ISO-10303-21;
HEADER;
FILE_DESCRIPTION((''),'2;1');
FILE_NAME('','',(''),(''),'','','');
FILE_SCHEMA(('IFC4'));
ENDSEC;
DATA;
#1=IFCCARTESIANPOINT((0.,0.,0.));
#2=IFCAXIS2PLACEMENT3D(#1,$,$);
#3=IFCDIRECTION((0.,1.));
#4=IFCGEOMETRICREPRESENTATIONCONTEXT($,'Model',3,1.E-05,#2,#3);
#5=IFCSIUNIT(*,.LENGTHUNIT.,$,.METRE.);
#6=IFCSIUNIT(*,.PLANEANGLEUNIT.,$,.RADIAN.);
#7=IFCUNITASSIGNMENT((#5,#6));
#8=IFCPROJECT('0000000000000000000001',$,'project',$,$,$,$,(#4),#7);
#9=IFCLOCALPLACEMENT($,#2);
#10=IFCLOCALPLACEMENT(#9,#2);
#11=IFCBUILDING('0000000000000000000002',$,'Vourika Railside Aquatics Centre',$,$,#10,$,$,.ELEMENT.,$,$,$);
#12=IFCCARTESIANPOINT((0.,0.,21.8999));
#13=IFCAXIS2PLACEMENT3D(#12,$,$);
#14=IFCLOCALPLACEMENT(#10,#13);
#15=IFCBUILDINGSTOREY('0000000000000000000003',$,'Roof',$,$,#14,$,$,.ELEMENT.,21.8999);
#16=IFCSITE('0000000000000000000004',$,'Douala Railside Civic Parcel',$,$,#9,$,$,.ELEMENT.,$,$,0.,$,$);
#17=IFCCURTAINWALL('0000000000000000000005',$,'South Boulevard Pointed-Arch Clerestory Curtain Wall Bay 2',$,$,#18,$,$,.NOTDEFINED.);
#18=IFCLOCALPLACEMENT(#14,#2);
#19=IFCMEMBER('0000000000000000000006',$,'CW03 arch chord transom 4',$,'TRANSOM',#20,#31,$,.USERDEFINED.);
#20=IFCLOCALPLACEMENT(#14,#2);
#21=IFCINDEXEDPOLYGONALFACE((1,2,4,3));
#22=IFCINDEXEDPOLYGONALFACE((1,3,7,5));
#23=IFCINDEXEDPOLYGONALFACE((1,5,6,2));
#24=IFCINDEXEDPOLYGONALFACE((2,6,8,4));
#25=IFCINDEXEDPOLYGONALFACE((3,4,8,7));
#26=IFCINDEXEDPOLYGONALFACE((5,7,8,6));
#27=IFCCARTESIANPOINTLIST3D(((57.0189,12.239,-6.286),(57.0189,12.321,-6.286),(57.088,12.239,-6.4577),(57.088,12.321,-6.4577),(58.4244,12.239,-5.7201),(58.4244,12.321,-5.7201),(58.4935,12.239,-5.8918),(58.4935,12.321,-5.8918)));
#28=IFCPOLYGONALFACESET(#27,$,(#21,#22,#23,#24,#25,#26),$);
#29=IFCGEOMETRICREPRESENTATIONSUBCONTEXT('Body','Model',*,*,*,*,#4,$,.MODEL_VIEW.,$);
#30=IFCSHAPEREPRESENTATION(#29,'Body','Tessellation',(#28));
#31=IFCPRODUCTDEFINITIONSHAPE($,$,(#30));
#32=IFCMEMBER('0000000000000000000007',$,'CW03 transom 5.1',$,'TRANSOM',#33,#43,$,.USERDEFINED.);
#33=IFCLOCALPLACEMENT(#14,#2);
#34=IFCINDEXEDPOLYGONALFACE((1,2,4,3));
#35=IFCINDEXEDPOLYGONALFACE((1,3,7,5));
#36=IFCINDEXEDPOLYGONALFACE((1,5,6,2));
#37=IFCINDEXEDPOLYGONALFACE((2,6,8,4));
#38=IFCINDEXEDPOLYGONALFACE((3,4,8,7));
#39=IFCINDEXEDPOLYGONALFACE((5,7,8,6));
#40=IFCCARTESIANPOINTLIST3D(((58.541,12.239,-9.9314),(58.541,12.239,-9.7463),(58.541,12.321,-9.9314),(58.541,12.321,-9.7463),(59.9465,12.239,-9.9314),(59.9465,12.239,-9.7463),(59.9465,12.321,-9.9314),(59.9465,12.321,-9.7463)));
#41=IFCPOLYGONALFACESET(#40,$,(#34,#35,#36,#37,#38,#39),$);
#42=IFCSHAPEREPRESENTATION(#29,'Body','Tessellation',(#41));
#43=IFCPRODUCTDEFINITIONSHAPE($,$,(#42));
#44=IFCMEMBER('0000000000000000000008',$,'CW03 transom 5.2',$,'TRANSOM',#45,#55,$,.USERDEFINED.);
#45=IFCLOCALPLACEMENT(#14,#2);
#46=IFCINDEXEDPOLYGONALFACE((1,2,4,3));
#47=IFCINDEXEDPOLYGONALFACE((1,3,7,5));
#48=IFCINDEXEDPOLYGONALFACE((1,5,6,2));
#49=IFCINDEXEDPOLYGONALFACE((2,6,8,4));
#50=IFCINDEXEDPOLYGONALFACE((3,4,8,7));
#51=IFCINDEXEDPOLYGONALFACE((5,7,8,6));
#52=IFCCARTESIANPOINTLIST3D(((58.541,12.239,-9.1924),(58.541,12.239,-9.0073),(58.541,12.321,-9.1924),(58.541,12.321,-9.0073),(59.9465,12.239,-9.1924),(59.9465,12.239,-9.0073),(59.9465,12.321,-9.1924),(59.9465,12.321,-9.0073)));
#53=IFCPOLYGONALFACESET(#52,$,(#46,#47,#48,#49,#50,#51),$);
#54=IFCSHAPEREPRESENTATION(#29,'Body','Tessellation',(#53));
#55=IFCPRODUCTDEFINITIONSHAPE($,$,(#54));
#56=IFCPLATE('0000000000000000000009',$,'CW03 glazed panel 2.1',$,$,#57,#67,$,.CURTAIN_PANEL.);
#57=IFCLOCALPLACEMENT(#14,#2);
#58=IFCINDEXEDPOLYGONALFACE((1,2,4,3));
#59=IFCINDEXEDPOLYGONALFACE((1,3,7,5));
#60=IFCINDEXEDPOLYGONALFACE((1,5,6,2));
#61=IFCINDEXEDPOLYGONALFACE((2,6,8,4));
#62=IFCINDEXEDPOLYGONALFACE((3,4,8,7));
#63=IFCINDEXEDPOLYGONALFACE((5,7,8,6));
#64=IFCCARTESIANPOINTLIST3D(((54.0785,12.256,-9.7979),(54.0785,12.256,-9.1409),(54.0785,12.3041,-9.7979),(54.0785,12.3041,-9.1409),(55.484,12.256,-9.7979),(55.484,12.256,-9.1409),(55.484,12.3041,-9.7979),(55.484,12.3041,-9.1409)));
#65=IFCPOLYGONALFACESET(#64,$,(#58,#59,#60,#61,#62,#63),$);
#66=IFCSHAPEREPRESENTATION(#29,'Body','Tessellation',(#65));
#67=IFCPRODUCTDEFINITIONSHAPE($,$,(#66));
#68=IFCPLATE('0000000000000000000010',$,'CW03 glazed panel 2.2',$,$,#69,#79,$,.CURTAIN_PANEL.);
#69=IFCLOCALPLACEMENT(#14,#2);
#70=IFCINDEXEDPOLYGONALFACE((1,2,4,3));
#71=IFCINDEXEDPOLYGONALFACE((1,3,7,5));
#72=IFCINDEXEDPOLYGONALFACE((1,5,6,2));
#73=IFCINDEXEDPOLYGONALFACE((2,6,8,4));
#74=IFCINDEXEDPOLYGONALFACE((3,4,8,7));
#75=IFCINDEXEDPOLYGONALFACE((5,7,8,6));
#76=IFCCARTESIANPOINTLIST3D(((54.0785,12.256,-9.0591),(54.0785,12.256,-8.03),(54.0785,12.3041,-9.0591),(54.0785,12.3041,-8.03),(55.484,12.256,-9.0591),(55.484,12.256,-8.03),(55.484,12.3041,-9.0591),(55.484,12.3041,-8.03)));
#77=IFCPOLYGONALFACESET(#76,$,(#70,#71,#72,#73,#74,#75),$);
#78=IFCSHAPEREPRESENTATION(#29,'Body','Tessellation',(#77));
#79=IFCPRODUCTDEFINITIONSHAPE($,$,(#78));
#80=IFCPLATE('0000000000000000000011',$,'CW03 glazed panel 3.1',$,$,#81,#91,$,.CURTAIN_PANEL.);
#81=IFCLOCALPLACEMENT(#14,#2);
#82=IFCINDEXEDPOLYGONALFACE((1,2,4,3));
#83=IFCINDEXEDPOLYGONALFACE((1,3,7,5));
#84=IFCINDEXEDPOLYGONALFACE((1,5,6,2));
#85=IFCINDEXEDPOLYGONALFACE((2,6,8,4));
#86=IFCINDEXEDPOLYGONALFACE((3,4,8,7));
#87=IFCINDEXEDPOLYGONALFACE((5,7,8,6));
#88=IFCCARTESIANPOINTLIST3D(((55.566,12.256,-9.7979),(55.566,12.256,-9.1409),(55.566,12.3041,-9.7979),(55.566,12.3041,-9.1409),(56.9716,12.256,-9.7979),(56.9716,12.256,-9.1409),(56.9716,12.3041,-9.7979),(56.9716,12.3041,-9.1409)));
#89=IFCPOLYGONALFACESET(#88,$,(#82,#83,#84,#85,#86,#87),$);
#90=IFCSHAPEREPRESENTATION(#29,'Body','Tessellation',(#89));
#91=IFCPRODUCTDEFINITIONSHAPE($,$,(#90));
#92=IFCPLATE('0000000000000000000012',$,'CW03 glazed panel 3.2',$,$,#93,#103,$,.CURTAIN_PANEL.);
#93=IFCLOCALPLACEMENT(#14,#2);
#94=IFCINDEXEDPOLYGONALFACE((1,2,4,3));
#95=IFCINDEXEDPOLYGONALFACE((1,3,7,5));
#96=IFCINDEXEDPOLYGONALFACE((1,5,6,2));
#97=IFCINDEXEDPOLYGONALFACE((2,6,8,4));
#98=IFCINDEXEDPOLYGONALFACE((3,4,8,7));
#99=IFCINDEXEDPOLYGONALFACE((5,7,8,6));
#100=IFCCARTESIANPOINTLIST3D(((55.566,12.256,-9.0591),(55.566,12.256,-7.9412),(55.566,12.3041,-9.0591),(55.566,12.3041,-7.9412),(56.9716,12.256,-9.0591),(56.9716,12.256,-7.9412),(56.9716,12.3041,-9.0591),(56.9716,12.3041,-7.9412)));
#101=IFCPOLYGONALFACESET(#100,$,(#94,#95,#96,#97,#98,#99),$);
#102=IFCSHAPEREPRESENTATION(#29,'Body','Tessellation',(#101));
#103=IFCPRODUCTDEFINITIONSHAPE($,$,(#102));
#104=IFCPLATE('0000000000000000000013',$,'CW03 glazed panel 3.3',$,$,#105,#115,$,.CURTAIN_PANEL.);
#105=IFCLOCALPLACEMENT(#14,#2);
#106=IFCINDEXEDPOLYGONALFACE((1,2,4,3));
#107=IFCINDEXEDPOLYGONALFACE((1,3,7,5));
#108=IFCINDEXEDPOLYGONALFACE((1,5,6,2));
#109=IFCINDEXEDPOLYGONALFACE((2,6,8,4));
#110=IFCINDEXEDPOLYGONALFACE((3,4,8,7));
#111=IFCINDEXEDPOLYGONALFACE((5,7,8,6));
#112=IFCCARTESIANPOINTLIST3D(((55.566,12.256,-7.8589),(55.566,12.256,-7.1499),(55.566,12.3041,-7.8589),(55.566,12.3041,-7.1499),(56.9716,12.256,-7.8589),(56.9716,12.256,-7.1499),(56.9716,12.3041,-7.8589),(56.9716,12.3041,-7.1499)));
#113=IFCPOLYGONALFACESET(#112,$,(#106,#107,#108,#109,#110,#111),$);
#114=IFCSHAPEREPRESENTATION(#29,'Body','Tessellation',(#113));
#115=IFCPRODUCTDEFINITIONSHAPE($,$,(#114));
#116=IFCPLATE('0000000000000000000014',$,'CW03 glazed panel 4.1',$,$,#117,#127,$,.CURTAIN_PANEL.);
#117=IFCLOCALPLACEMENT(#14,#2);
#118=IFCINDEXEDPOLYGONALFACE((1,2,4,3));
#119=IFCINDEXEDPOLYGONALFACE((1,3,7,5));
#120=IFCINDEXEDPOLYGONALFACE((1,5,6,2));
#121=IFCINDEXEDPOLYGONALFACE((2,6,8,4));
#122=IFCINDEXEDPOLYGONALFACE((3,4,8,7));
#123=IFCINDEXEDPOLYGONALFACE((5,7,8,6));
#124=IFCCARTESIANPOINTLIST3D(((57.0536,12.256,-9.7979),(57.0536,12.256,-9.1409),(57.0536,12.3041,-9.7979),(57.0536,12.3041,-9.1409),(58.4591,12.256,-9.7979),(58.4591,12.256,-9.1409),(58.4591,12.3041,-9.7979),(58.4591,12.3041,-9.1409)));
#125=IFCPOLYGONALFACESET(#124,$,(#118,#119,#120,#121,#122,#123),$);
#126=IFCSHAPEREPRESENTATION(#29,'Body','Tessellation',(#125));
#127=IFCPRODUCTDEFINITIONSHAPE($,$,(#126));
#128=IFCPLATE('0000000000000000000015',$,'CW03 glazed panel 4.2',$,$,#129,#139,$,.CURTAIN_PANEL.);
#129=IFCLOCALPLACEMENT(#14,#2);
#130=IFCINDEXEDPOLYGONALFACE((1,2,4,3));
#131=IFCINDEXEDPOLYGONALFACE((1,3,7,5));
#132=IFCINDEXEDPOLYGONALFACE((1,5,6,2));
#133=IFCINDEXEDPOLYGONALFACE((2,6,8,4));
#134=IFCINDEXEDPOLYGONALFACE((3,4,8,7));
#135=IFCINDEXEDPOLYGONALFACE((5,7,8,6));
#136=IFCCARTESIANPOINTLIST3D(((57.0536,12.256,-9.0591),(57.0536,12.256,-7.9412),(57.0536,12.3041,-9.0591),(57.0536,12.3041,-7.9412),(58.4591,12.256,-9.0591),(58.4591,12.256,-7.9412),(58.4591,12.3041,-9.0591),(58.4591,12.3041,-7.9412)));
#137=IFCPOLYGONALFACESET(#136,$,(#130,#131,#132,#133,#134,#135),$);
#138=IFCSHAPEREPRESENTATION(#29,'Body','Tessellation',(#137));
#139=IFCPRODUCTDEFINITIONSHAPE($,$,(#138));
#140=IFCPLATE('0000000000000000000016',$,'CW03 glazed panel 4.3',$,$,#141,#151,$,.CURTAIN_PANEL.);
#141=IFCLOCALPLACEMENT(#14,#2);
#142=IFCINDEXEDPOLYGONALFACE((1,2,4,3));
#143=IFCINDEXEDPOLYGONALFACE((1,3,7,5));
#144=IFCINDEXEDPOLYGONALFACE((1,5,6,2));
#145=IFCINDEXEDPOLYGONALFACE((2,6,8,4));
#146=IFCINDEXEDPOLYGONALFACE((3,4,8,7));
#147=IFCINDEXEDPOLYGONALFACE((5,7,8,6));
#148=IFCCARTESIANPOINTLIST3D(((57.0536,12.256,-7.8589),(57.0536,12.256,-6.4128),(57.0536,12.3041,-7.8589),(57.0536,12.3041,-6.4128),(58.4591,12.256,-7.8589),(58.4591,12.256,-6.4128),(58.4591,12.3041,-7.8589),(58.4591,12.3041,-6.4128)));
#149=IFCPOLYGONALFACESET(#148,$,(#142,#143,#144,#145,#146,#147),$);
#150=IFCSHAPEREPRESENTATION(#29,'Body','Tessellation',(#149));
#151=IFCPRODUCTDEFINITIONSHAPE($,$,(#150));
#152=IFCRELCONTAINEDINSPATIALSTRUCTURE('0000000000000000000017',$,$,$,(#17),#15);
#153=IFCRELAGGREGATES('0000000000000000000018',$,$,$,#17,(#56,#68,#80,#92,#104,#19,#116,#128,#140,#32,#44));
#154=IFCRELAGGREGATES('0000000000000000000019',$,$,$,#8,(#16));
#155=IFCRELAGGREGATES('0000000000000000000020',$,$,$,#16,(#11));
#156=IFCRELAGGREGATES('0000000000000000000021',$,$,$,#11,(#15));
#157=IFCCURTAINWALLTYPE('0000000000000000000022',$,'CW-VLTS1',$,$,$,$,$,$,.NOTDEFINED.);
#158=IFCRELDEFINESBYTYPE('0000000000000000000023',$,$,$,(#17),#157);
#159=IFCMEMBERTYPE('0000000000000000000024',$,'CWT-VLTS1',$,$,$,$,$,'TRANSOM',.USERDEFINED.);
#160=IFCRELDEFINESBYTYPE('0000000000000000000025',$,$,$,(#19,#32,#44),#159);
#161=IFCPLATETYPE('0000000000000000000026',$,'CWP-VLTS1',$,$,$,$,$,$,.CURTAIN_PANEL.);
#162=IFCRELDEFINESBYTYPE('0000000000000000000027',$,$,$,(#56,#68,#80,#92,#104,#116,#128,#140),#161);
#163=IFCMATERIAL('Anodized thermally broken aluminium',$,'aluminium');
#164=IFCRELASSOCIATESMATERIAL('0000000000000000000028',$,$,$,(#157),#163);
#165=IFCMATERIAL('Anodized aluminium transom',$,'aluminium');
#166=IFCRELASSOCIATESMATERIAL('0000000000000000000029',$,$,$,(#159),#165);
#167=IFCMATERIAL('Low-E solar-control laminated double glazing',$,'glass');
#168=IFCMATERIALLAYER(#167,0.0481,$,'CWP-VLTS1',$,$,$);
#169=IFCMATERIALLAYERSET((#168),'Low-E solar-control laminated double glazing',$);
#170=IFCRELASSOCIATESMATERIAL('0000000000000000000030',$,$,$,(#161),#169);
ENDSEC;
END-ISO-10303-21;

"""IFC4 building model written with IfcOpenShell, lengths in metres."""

from ifc_helpers import new_model, si_unit, direction, frame, origin, origin_2d, place, context, subcontext, project, spatial, rectangle, extrude, material, layer, layer_set, material_profile, profile_set, type_object, element, aggregate, save


model = new_model("IFC4")

# Units and contexts
model_context = context("Model", 3, precision=1e-05, world=origin(), true_north=direction((0.0, 1.0)))
body_context = subcontext(model_context, "Body", "Model", "MODEL_VIEW")
ifc_project = project(units=[si_unit("LENGTHUNIT", "METRE"), si_unit("PLANEANGLEUNIT", "RADIAN")], contexts=[model_context])

# Site, building, storey
site_placement = place(None, origin())
site = spatial("IfcSite", under=ifc_project, at=site_placement, Name="Douala Railside Civic Parcel", CompositionType="ELEMENT", RefElevation=0.0)
building_placement = place(site_placement, origin())
building = spatial("IfcBuilding", under=site, at=building_placement, Name="Vourika Railside Aquatics Centre", CompositionType="ELEMENT")
storey_placement = place(building_placement, frame((0.0, 0.0, 21.8999)))
storey = spatial("IfcBuildingStorey", under=building, at=storey_placement, Name="Roof", CompositionType="ELEMENT", Elevation=21.8999)

# Curtain wall, members, plates
ifc_material_1 = material(Name="Anodized thermally broken aluminium", Category="aluminium")
curtain_wall_type = type_object("IfcCurtainWallType", Name="CW-VLTS1", PredefinedType="NOTDEFINED", material=ifc_material_1)
curtain_wall_placement = place(storey_placement, origin())
curtain_wall = element("IfcCurtainWall", 1, at=curtain_wall_placement, inside=storey, type_object=curtain_wall_type, Name="South Boulevard Pointed-Arch Clerestory Curtain Wall Bay 2", PredefinedType="NOTDEFINED")
ifc_material_2 = material(Name="Anodized aluminium transom", Category="aluminium")
ifc_material_profile_1 = material_profile(ifc_material_2, rectangle(XDim=0.082, YDim=0.1851, at=origin_2d()), Name="ALU-T 82x185")
ifc_profile_set_1 = profile_set([ifc_material_profile_1], Name="Anodized aluminium transom")
member_type_1 = type_object("IfcMemberType", Name="CWT-VLTS1", ElementType="TRANSOM", PredefinedType="USERDEFINED", material=ifc_profile_set_1)
member_1_placement = place(storey_placement, frame((57.0535, 12.28, -6.3718), z_axis=(0.92763, 0.0, 0.373501), x_axis=(0.0, 1.0, 0.0)))
member_1 = element("IfcMember", 2, at=member_1_placement, type_object=member_type_1, Name="CW03 arch chord transom 4", ObjectType="TRANSOM", PredefinedType="USERDEFINED", context=body_context, shape_type="SweptSolid", body=[
    extrude(rectangle(XDim=0.082, YDim=0.1851, at=origin_2d()), origin(), (0.0, 0.0, 1.0), 1.5151),
])
member_2_placement = place(storey_placement, frame((58.541, 12.28, -9.8389), z_axis=(1.0, 0.0, 0.0), x_axis=(0.0, 1.0, 0.0)))
member_2 = element("IfcMember", 3, at=member_2_placement, type_object=member_type_1, Name="CW03 transom 5.1", ObjectType="TRANSOM", PredefinedType="USERDEFINED", context=body_context, shape_type="SweptSolid", body=[
    extrude(rectangle(XDim=0.082, YDim=0.1851, at=origin_2d()), origin(), (0.0, 0.0, 1.0), 1.4055),
])
member_3_placement = place(storey_placement, frame((58.541, 12.28, -9.0999), z_axis=(1.0, 0.0, 0.0), x_axis=(0.0, 1.0, 0.0)))
member_3 = element("IfcMember", 4, at=member_3_placement, type_object=member_type_1, Name="CW03 transom 5.2", ObjectType="TRANSOM", PredefinedType="USERDEFINED", context=body_context, shape_type="SweptSolid", body=[
    extrude(rectangle(XDim=0.082, YDim=0.1851, at=origin_2d()), origin(), (0.0, 0.0, 1.0), 1.4055),
])
ifc_material_3 = material(Name="Low-E solar-control laminated double glazing", Category="glass")
ifc_layer = layer(ifc_material_3, 0.0481, Name="CWP-VLTS1")
ifc_layer_set = layer_set([ifc_layer], Name="Low-E solar-control laminated double glazing")
plate_type = type_object("IfcPlateType", Name="CWP-VLTS1", PredefinedType="CURTAIN_PANEL", material=ifc_layer_set)
plate_1_placement = place(storey_placement, frame((54.7812, 12.28, -9.7979), z_axis=(0.0, 0.0, 1.0), x_axis=(1.0, 0.0, 0.0)))
plate_1 = element("IfcPlate", 5, at=plate_1_placement, type_object=plate_type, Name="CW03 glazed panel 2.1", PredefinedType="CURTAIN_PANEL", context=body_context, shape_type="SweptSolid", body=[
    extrude(rectangle(XDim=1.4055, YDim=0.0481, at=origin_2d()), origin(), (0.0, 0.0, 1.0), 0.657),
])
plate_2_placement = place(storey_placement, frame((54.7812, 12.28, -9.0591), z_axis=(0.0, 0.0, 1.0), x_axis=(1.0, 0.0, 0.0)))
plate_2 = element("IfcPlate", 6, at=plate_2_placement, type_object=plate_type, Name="CW03 glazed panel 2.2", PredefinedType="CURTAIN_PANEL", context=body_context, shape_type="SweptSolid", body=[
    extrude(rectangle(XDim=1.4055, YDim=0.0481, at=origin_2d()), origin(), (0.0, 0.0, 1.0), 1.0291),
])
plate_3_placement = place(storey_placement, frame((56.2688, 12.28, -9.7979), z_axis=(0.0, 0.0, 1.0), x_axis=(1.0, 0.0, 0.0)))
plate_3 = element("IfcPlate", 7, at=plate_3_placement, type_object=plate_type, Name="CW03 glazed panel 3.1", PredefinedType="CURTAIN_PANEL", context=body_context, shape_type="SweptSolid", body=[
    extrude(rectangle(XDim=1.4055, YDim=0.0481, at=origin_2d()), origin(), (0.0, 0.0, 1.0), 0.657),
])
plate_4_placement = place(storey_placement, frame((56.2688, 12.28, -9.0591), z_axis=(0.0, 0.0, 1.0), x_axis=(1.0, 0.0, 0.0)))
plate_4 = element("IfcPlate", 8, at=plate_4_placement, type_object=plate_type, Name="CW03 glazed panel 3.2", PredefinedType="CURTAIN_PANEL", context=body_context, shape_type="SweptSolid", body=[
    extrude(rectangle(XDim=1.4055, YDim=0.0481, at=origin_2d()), origin(), (0.0, 0.0, 1.0), 1.1179),
])
plate_5_placement = place(storey_placement, frame((56.2688, 12.28, -7.8589), z_axis=(0.0, 0.0, 1.0), x_axis=(1.0, 0.0, 0.0)))
plate_5 = element("IfcPlate", 9, at=plate_5_placement, type_object=plate_type, Name="CW03 glazed panel 3.3", PredefinedType="CURTAIN_PANEL", context=body_context, shape_type="SweptSolid", body=[
    extrude(rectangle(XDim=1.4055, YDim=0.0481, at=origin_2d()), origin(), (0.0, 0.0, 1.0), 0.709),
])
plate_6_placement = place(storey_placement, frame((57.7563, 12.28, -9.7979), z_axis=(0.0, 0.0, 1.0), x_axis=(1.0, 0.0, 0.0)))
plate_6 = element("IfcPlate", 10, at=plate_6_placement, type_object=plate_type, Name="CW03 glazed panel 4.1", PredefinedType="CURTAIN_PANEL", context=body_context, shape_type="SweptSolid", body=[
    extrude(rectangle(XDim=1.4055, YDim=0.0481, at=origin_2d()), origin(), (0.0, 0.0, 1.0), 0.657),
])
plate_7_placement = place(storey_placement, frame((57.7563, 12.28, -9.0591), z_axis=(0.0, 0.0, 1.0), x_axis=(1.0, 0.0, 0.0)))
plate_7 = element("IfcPlate", 11, at=plate_7_placement, type_object=plate_type, Name="CW03 glazed panel 4.2", PredefinedType="CURTAIN_PANEL", context=body_context, shape_type="SweptSolid", body=[
    extrude(rectangle(XDim=1.4055, YDim=0.0481, at=origin_2d()), origin(), (0.0, 0.0, 1.0), 1.1179),
])
plate_8_placement = place(storey_placement, frame((57.7563, 12.28, -7.8589), z_axis=(0.0, 0.0, 1.0), x_axis=(1.0, 0.0, 0.0)))
plate_8 = element("IfcPlate", 12, at=plate_8_placement, type_object=plate_type, Name="CW03 glazed panel 4.3", PredefinedType="CURTAIN_PANEL", context=body_context, shape_type="SweptSolid", body=[
    extrude(rectangle(XDim=1.4055, YDim=0.0481, at=origin_2d()), origin(), (0.0, 0.0, 1.0), 1.446),
])
aggregate(curtain_wall, [plate_1, plate_2, plate_3, plate_4, plate_5, member_1, plate_6, plate_7, plate_8, member_2, member_3])

save(model, "model.ifc")
